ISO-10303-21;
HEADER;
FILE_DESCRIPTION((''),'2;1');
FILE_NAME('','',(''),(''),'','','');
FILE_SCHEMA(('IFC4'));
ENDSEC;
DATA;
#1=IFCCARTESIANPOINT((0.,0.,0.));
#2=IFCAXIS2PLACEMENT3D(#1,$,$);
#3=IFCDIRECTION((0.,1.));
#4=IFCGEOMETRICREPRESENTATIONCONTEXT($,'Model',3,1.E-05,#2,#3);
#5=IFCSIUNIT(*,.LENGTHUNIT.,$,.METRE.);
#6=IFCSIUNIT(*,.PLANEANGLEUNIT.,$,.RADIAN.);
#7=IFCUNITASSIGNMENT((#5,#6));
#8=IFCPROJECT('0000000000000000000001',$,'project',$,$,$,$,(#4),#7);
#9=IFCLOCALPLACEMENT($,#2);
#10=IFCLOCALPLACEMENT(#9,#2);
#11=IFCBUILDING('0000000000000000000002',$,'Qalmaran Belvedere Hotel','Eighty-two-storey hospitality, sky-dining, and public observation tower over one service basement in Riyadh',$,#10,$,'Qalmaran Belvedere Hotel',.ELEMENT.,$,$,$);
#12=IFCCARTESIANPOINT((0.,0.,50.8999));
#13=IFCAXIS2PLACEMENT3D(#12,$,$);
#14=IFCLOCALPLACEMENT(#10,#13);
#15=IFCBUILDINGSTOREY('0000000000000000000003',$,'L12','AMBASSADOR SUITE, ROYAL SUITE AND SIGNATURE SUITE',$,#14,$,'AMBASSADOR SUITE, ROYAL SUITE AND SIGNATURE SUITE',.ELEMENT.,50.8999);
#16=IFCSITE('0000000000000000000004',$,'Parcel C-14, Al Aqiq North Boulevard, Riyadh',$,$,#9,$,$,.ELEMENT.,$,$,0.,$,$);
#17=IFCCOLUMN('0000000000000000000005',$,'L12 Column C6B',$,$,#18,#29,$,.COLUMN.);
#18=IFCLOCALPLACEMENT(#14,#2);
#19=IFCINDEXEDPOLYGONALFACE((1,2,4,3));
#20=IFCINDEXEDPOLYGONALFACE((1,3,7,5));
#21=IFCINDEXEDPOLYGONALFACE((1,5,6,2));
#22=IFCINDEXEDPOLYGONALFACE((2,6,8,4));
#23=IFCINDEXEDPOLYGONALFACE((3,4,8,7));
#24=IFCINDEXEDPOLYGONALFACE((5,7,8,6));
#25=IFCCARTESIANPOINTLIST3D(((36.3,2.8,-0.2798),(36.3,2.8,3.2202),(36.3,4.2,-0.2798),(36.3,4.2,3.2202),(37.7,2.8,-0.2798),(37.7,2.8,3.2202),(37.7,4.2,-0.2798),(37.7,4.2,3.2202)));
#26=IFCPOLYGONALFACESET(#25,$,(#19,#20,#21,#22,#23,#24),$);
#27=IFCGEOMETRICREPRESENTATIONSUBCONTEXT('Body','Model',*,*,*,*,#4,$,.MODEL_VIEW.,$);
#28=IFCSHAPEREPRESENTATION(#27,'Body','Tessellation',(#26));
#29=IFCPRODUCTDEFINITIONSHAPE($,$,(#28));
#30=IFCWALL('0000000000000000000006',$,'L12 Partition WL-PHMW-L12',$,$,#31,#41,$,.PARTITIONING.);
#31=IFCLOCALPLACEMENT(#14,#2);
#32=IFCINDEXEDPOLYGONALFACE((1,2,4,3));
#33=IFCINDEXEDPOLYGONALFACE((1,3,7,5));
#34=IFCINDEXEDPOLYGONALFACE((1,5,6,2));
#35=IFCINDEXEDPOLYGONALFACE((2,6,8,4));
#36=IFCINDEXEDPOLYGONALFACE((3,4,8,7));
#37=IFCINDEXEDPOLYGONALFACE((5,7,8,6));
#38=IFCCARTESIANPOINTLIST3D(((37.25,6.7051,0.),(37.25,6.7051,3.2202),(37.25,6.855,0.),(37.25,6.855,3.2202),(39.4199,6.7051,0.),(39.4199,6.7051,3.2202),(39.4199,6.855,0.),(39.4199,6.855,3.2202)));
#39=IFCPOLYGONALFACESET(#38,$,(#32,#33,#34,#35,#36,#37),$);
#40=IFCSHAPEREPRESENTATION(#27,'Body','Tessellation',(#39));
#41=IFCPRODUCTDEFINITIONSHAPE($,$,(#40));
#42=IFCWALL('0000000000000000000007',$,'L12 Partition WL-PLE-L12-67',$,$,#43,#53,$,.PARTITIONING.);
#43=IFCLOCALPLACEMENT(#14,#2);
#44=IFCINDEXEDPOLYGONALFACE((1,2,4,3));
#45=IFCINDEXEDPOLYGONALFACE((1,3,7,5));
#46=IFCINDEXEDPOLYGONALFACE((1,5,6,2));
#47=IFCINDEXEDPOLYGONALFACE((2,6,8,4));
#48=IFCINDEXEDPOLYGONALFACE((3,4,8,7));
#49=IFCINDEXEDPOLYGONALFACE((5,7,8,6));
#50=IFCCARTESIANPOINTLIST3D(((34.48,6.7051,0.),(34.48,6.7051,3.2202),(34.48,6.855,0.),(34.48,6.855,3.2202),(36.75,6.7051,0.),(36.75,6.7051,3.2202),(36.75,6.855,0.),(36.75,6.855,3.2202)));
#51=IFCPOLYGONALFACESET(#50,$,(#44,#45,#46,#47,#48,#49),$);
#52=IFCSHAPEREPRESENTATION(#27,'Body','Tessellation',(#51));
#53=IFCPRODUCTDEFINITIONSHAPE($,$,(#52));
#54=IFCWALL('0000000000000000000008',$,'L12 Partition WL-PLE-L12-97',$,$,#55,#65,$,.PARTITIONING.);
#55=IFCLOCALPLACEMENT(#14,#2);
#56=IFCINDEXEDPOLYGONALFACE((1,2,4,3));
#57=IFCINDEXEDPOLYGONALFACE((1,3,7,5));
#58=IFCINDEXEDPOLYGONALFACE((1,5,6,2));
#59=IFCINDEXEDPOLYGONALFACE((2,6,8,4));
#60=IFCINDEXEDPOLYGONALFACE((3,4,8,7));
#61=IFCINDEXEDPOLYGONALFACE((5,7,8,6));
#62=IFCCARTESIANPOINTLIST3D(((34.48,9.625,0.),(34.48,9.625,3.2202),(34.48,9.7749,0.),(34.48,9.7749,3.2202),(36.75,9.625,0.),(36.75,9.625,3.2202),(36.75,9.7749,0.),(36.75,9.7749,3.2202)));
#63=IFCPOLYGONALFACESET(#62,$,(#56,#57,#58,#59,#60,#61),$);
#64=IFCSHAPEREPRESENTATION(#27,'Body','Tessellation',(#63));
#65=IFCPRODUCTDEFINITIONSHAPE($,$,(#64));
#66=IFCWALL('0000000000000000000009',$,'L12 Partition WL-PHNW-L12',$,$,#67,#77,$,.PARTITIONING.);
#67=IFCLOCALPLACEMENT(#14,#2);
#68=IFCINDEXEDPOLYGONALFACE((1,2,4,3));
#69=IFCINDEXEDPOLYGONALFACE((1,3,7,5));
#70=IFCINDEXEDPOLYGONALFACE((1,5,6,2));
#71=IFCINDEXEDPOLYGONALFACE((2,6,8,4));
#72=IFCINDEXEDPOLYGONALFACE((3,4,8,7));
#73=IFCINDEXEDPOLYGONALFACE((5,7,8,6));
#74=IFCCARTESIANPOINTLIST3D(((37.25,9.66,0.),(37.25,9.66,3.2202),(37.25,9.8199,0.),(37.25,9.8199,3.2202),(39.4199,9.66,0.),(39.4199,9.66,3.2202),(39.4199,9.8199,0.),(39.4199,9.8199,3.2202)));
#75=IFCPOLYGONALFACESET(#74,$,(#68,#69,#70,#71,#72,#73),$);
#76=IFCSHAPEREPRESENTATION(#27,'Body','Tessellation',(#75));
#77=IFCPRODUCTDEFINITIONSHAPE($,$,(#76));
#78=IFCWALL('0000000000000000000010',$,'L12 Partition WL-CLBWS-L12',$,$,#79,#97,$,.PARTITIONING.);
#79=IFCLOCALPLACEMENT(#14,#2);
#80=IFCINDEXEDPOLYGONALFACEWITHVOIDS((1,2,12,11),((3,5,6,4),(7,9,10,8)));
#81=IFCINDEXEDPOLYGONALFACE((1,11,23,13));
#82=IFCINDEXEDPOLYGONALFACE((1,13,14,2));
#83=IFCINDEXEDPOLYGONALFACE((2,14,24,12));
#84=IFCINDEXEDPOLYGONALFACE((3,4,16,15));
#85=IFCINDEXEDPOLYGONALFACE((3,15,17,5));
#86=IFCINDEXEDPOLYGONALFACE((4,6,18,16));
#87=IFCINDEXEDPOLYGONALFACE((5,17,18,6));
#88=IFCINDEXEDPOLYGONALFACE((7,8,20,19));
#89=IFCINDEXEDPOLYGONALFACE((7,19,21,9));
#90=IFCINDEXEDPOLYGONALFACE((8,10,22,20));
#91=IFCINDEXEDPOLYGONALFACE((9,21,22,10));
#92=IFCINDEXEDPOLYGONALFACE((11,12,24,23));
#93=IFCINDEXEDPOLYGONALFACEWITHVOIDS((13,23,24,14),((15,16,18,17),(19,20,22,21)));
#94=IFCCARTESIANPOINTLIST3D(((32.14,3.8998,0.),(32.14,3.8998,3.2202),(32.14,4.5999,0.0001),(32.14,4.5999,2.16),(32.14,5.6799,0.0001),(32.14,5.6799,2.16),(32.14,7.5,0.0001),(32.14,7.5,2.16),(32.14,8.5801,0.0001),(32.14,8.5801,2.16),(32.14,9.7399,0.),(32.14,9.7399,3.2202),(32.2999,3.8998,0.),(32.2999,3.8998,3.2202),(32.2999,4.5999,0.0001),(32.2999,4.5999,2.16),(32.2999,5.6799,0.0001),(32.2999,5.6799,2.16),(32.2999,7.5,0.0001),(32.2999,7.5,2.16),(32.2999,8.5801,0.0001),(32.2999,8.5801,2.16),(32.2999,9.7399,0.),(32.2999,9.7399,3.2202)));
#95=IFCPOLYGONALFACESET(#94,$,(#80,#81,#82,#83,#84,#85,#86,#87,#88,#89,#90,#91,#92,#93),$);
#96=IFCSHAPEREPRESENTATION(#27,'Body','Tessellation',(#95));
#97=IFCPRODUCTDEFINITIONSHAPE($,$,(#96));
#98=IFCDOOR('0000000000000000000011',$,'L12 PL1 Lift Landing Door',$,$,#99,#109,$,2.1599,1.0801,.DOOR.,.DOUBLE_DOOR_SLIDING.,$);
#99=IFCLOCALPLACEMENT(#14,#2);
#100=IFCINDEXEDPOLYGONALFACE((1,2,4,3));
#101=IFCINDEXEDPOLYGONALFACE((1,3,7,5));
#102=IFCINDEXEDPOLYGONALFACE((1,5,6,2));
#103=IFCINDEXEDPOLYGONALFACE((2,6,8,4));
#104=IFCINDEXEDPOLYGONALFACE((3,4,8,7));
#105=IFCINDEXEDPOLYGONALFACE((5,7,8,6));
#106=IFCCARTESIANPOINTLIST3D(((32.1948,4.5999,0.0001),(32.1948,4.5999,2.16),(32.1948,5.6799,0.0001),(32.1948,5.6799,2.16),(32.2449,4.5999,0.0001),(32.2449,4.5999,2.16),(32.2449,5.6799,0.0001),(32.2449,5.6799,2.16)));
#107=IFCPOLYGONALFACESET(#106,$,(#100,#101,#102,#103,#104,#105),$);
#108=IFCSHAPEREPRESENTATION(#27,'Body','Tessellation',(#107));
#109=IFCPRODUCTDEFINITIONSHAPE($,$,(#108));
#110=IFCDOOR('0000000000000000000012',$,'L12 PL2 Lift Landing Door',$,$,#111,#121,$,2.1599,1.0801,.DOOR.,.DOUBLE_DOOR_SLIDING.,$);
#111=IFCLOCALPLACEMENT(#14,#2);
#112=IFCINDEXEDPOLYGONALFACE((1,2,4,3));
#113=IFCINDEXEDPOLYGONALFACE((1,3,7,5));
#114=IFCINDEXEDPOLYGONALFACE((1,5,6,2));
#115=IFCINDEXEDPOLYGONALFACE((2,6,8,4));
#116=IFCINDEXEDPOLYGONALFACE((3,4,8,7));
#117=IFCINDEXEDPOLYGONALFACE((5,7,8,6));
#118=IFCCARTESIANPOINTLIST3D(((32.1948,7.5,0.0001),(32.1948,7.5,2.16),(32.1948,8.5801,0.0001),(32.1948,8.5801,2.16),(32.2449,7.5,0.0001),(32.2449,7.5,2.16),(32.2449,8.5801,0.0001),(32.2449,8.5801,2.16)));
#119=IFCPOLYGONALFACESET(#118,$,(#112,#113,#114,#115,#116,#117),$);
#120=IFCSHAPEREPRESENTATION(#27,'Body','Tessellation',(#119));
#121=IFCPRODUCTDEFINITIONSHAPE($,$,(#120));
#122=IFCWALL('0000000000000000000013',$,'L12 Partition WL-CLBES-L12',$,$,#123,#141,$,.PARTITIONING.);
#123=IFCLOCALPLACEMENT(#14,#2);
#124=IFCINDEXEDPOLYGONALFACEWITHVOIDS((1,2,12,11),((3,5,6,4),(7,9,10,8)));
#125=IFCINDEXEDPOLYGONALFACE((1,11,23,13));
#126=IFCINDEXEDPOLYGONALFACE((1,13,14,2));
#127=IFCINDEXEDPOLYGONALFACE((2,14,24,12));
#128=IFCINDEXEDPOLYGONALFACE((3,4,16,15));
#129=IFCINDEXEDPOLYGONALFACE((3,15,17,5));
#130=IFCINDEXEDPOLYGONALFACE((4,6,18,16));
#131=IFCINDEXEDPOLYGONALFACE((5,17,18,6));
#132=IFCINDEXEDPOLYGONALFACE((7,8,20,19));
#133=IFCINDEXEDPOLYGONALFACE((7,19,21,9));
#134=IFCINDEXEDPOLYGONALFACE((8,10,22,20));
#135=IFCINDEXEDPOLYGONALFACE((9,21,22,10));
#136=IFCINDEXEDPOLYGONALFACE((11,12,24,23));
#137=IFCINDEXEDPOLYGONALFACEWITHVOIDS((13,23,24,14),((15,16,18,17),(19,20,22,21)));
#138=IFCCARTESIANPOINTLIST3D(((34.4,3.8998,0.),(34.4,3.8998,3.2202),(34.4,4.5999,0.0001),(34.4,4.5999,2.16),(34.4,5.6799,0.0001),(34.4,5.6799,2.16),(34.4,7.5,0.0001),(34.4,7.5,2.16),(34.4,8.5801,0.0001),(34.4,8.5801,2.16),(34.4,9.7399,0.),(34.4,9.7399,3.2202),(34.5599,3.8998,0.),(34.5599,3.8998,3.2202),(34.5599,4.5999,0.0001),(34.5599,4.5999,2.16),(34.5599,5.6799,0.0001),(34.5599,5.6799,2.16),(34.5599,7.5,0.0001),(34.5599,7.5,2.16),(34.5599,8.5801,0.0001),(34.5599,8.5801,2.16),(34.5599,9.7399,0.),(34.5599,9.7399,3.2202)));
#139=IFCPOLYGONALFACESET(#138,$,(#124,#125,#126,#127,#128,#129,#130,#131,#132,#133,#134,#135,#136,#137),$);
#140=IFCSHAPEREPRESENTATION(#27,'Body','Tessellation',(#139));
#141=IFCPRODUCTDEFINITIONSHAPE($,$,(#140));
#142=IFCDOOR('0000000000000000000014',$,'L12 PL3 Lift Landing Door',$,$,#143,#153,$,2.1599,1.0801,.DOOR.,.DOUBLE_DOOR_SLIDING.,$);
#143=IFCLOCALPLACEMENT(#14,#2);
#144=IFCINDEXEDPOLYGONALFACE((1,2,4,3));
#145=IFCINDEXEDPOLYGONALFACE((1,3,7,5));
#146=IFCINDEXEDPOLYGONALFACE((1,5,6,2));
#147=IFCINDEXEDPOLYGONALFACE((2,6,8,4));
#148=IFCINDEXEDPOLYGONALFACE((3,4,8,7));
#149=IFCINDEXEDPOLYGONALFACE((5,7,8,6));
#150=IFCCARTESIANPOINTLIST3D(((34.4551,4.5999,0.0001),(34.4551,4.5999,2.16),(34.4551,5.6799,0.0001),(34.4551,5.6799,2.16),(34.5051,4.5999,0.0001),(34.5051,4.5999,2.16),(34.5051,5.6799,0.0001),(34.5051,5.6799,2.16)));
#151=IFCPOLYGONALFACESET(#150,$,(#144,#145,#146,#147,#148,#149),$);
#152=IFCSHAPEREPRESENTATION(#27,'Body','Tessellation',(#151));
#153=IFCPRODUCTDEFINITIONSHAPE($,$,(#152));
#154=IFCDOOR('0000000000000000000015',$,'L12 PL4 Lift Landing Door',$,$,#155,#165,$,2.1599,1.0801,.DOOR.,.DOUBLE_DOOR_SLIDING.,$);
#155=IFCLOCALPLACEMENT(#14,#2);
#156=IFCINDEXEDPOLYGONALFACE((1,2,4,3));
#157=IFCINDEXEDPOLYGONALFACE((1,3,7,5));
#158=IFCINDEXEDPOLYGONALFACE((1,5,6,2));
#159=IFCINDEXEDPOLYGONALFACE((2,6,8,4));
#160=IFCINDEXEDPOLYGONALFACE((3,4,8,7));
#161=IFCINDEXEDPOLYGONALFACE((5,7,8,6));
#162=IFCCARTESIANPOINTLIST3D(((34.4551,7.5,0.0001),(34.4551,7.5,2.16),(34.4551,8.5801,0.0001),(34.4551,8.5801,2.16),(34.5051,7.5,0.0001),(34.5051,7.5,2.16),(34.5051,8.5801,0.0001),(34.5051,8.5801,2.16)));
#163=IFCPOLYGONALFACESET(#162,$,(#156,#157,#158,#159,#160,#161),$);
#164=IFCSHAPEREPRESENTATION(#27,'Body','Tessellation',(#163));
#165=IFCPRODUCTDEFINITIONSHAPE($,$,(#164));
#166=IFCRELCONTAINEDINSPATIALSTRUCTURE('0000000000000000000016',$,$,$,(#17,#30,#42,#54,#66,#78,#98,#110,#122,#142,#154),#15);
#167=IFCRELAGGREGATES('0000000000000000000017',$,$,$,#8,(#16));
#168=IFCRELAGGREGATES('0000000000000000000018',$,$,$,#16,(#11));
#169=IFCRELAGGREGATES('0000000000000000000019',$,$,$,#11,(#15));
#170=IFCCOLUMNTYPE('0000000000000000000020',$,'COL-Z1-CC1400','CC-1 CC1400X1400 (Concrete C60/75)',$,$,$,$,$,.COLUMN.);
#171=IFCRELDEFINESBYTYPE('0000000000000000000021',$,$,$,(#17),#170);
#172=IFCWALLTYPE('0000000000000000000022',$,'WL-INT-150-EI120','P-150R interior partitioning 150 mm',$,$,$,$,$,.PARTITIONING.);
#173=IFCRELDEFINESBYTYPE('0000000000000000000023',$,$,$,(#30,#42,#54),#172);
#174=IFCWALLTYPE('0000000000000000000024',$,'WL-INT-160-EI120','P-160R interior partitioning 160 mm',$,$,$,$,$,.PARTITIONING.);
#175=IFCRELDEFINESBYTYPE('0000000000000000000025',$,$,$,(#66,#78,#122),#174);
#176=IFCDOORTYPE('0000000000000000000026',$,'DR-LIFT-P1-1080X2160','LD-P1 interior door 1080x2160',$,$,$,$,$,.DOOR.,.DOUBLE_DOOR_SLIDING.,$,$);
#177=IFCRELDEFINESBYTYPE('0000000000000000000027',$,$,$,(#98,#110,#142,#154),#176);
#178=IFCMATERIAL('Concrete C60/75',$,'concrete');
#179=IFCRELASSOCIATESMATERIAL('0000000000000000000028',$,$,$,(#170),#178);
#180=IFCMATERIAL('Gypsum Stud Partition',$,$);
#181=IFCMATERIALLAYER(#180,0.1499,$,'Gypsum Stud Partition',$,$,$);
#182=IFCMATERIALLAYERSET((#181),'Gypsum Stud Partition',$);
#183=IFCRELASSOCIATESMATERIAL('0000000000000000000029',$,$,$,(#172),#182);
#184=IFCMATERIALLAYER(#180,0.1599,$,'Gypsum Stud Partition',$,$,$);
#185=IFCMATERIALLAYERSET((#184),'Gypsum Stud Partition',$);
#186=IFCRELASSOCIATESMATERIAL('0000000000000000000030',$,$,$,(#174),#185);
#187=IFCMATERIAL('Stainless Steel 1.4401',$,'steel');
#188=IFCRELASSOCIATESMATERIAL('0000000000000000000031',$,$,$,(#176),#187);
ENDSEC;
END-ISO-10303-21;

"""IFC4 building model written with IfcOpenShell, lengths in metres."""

from ifc_helpers import new_model, si_unit, direction, frame, frame_2d, origin, origin_2d, place, context, subcontext, project, spatial, rectangle, extrude, material, layer, layer_set, material_profile, profile_set, type_object, element, fill, save


model = new_model("IFC4")

# Units and contexts
model_context = context("Model", 3, precision=1e-05, world=origin(), true_north=direction((0.0, 1.0)))
body_context = subcontext(model_context, "Body", "Model", "MODEL_VIEW")
ifc_project = project(units=[si_unit("LENGTHUNIT", "METRE"), si_unit("PLANEANGLEUNIT", "RADIAN")], contexts=[model_context])

# Site, building, storey
site_placement = place(None, origin())
site = spatial("IfcSite", under=ifc_project, at=site_placement, Name="Parcel C-14, Al Aqiq North Boulevard, Riyadh", CompositionType="ELEMENT", RefElevation=0.0)
building_placement = place(site_placement, origin())
building = spatial("IfcBuilding", under=site, at=building_placement, Name="Qalmaran Belvedere Hotel", Description="Eighty-two-storey hospitality, sky-dining, and public observation tower over one service basement in Riyadh", LongName="Qalmaran Belvedere Hotel", CompositionType="ELEMENT")
storey_placement = place(building_placement, frame((0.0, 0.0, 50.8999)))
storey = spatial("IfcBuildingStorey", under=building, at=storey_placement, Name="L12", Description="AMBASSADOR SUITE, ROYAL SUITE AND SIGNATURE SUITE", LongName="AMBASSADOR SUITE, ROYAL SUITE AND SIGNATURE SUITE", CompositionType="ELEMENT", Elevation=50.8999)

# Column
ifc_material_1 = material(Name="Concrete C60/75", Category="concrete")
ifc_material_profile = material_profile(ifc_material_1, rectangle(XDim=1.3999, YDim=1.3999, at=origin_2d()), Name="CC1400X1400")
ifc_profile_set = profile_set([ifc_material_profile], Name="Concrete C60/75")
column_type = type_object("IfcColumnType", Name="COL-Z1-CC1400", Description="CC-1 CC1400X1400 (Concrete C60/75)", PredefinedType="COLUMN", material=ifc_profile_set)
column_placement = place(storey_placement, frame((37.0, 3.5, -0.2798), z_axis=(0.0, 0.0, 1.0), x_axis=(1.0, 0.0, 0.0)))
element("IfcColumn", 1, at=column_placement, inside=storey, type_object=column_type, Name="L12 Column C6B", PredefinedType="COLUMN", context=body_context, shape_type="SweptSolid", body=[
    extrude(rectangle(XDim=1.3999, YDim=1.3999, at=origin_2d()), origin(), (0.0, 0.0, 1.0), 3.5),
])

# Walls
ifc_material_2 = material(Name="Gypsum Stud Partition")
ifc_layer_1 = layer(ifc_material_2, 0.1499, Name="Gypsum Stud Partition")
ifc_layer_set_1 = layer_set([ifc_layer_1], Name="Gypsum Stud Partition")
wall_type_1 = type_object("IfcWallType", Name="WL-INT-150-EI120", Description="P-150R interior partitioning 150 mm", PredefinedType="PARTITIONING", material=ifc_layer_set_1)
wall_1_placement = place(storey_placement, frame((37.25, 6.78, 0.0), z_axis=(0.0, 0.0, 1.0), x_axis=(1.0, 0.0, 0.0)))
element("IfcWall", 2, at=wall_1_placement, inside=storey, type_object=wall_type_1, Name="L12 Partition WL-PHMW-L12", PredefinedType="PARTITIONING", context=body_context, shape_type="SweptSolid", body=[
    extrude(rectangle(XDim=2.1699, YDim=0.1499, at=frame_2d((1.085, 0.0))), origin(), (0.0, 0.0, 1.0), 3.2202),
])
for number, where, z_axis, x_axis, name in (
    (3, (34.48, 6.78, 0.0), (0.0, 0.0, 1.0), (1.0, 0.0, 0.0), "L12 Partition WL-PLE-L12-67"),
    (4, (34.48, 9.7, 0.0), (0.0, 0.0, 1.0), (1.0, 0.0, 0.0), "L12 Partition WL-PLE-L12-97"),
):
    element("IfcWall", number, at=place(storey_placement, frame(where, z_axis=z_axis, x_axis=x_axis)), inside=storey, type_object=wall_type_1, Name=name, PredefinedType="PARTITIONING", context=body_context, shape_type="SweptSolid", body=[
        extrude(rectangle(XDim=2.27, YDim=0.1499, at=frame_2d((1.135, 0.0))), origin(), (0.0, 0.0, 1.0), 3.2202),
    ])
ifc_layer_2 = layer(ifc_material_2, 0.1599, Name="Gypsum Stud Partition")
ifc_layer_set_2 = layer_set([ifc_layer_2], Name="Gypsum Stud Partition")
wall_type_2 = type_object("IfcWallType", Name="WL-INT-160-EI120", Description="P-160R interior partitioning 160 mm", PredefinedType="PARTITIONING", material=ifc_layer_set_2)
wall_2_placement = place(storey_placement, frame((37.25, 9.74, 0.0), z_axis=(0.0, 0.0, 1.0), x_axis=(1.0, 0.0, 0.0)))
element("IfcWall", 5, at=wall_2_placement, inside=storey, type_object=wall_type_2, Name="L12 Partition WL-PHNW-L12", PredefinedType="PARTITIONING", context=body_context, shape_type="SweptSolid", body=[
    extrude(rectangle(XDim=2.1699, YDim=0.1599, at=frame_2d((1.085, 0.0))), origin(), (0.0, 0.0, 1.0), 3.2202),
])

# Walls, openings, doors
wall_3_placement = place(storey_placement, frame((32.22, 3.8999, 0.0), z_axis=(0.0, 0.0, 1.0), x_axis=(0.0, 1.0, 0.0)))
wall_3 = element("IfcWall", 6, at=wall_3_placement, inside=storey, type_object=wall_type_2, Name="L12 Partition WL-CLBWS-L12", PredefinedType="PARTITIONING", context=body_context, shape_type="SweptSolid", body=[
    extrude(rectangle(XDim=5.8401, YDim=0.1599, at=frame_2d((2.9199, 0.0))), origin(), (0.0, 0.0, 1.0), 3.2202),
])
opening_1_placement = place(wall_3_placement, frame((1.78, 0.0, 0.0), z_axis=(0.0, 0.0, 1.0), x_axis=(-1.0, 0.0, 0.0)))
opening_1 = element("IfcOpeningElement", 7, at=opening_1_placement, cuts=wall_3, PredefinedType="OPENING", context=body_context, shape_type="SweptSolid", body=[
    extrude(rectangle(XDim=1.0801, YDim=2.1599, at=frame_2d((0.54, 1.0801))), frame((0.0, 0.0898, 0.0), z_axis=(0.0, -1.0, 0.0), x_axis=(1.0, 0.0, 0.0)), (0.0, 0.0, 1.0), 0.1799),
])
opening_2_placement = place(wall_3_placement, frame((4.6802, 0.0, 0.0), z_axis=(0.0, 0.0, 1.0), x_axis=(-1.0, 0.0, 0.0)))
opening_2 = element("IfcOpeningElement", 8, at=opening_2_placement, cuts=wall_3, PredefinedType="OPENING", context=body_context, shape_type="SweptSolid", body=[
    extrude(rectangle(XDim=1.0801, YDim=2.1599, at=frame_2d((0.54, 1.0801))), frame((0.0, 0.0898, 0.0), z_axis=(0.0, -1.0, 0.0), x_axis=(1.0, 0.0, 0.0)), (0.0, 0.0, 1.0), 0.1799),
])
ifc_material_3 = material(Name="Stainless Steel 1.4401", Category="steel")
door_type_1 = type_object("IfcDoorType", Name="DR-LIFT-P1-1080X2160", Description="LD-P1 interior door 1080x2160", OperationType="DOUBLE_DOOR_SLIDING", PredefinedType="DOOR", material=ifc_material_3)
door_1_placement = place(opening_1_placement, origin())
door_1 = element("IfcDoor", 9, at=door_1_placement, inside=storey, type_object=door_type_1, Name="L12 PL1 Lift Landing Door", OperationType="DOUBLE_DOOR_SLIDING", OverallHeight=2.1599, OverallWidth=1.0801, PredefinedType="DOOR", context=body_context, shape_type="SweptSolid", body=[
    extrude(rectangle(XDim=1.0801, YDim=2.1599, at=frame_2d((0.54, 1.0801))), frame((0.0, 0.0249, 0.0), z_axis=(0.0, -1.0, 0.0), x_axis=(1.0, 0.0, 0.0)), (0.0, 0.0, 1.0), 0.05),
])
fill(opening_1, door_1)
door_2_placement = place(opening_2_placement, origin())
door_2 = element("IfcDoor", 10, at=door_2_placement, inside=storey, type_object=door_type_1, Name="L12 PL2 Lift Landing Door", OperationType="DOUBLE_DOOR_SLIDING", OverallHeight=2.1599, OverallWidth=1.0801, PredefinedType="DOOR", context=body_context, shape_type="SweptSolid", body=[
    extrude(rectangle(XDim=1.0801, YDim=2.1599, at=frame_2d((0.54, 1.0801))), frame((0.0, 0.0249, 0.0), z_axis=(0.0, -1.0, 0.0), x_axis=(1.0, 0.0, 0.0)), (0.0, 0.0, 1.0), 0.05),
])
fill(opening_2, door_2)
wall_4_placement = place(storey_placement, frame((34.48, 3.8999, 0.0), z_axis=(0.0, 0.0, 1.0), x_axis=(0.0, 1.0, 0.0)))
wall_4 = element("IfcWall", 11, at=wall_4_placement, inside=storey, type_object=wall_type_2, Name="L12 Partition WL-CLBES-L12", PredefinedType="PARTITIONING", context=body_context, shape_type="SweptSolid", body=[
    extrude(rectangle(XDim=5.8401, YDim=0.1599, at=frame_2d((2.9199, 0.0))), origin(), (0.0, 0.0, 1.0), 3.2202),
])
opening_3_placement = place(wall_4_placement, frame((0.7, 0.0, 0.0)))
opening_3 = element("IfcOpeningElement", 12, at=opening_3_placement, cuts=wall_4, PredefinedType="OPENING", context=body_context, shape_type="SweptSolid", body=[
    extrude(rectangle(XDim=1.0801, YDim=2.1599, at=frame_2d((0.54, 1.0801))), frame((0.0, 0.0898, 0.0), z_axis=(0.0, -1.0, 0.0), x_axis=(1.0, 0.0, 0.0)), (0.0, 0.0, 1.0), 0.1799),
])
opening_4_placement = place(wall_4_placement, frame((3.6001, 0.0, 0.0)))
opening_4 = element("IfcOpeningElement", 13, at=opening_4_placement, cuts=wall_4, PredefinedType="OPENING", context=body_context, shape_type="SweptSolid", body=[
    extrude(rectangle(XDim=1.0801, YDim=2.1599, at=frame_2d((0.54, 1.0801))), frame((0.0, 0.0898, 0.0), z_axis=(0.0, -1.0, 0.0), x_axis=(1.0, 0.0, 0.0)), (0.0, 0.0, 1.0), 0.1799),
])
door_3_placement = place(opening_3_placement, origin())
door_3 = element("IfcDoor", 14, at=door_3_placement, inside=storey, type_object=door_type_1, Name="L12 PL3 Lift Landing Door", OperationType="DOUBLE_DOOR_SLIDING", OverallHeight=2.1599, OverallWidth=1.0801, PredefinedType="DOOR", context=body_context, shape_type="SweptSolid", body=[
    extrude(rectangle(XDim=1.0801, YDim=2.1599, at=frame_2d((0.54, 1.0801))), frame((0.0, 0.0249, 0.0), z_axis=(0.0, -1.0, 0.0), x_axis=(1.0, 0.0, 0.0)), (0.0, 0.0, 1.0), 0.05),
])
fill(opening_3, door_3)
door_4_placement = place(opening_4_placement, origin())
door_4 = element("IfcDoor", 15, at=door_4_placement, inside=storey, type_object=door_type_1, Name="L12 PL4 Lift Landing Door", OperationType="DOUBLE_DOOR_SLIDING", OverallHeight=2.1599, OverallWidth=1.0801, PredefinedType="DOOR", context=body_context, shape_type="SweptSolid", body=[
    extrude(rectangle(XDim=1.0801, YDim=2.1599, at=frame_2d((0.54, 1.0801))), frame((0.0, 0.0249, 0.0), z_axis=(0.0, -1.0, 0.0), x_axis=(1.0, 0.0, 0.0)), (0.0, 0.0, 1.0), 0.05),
])
fill(opening_4, door_4)

save(model, "model.ifc")
